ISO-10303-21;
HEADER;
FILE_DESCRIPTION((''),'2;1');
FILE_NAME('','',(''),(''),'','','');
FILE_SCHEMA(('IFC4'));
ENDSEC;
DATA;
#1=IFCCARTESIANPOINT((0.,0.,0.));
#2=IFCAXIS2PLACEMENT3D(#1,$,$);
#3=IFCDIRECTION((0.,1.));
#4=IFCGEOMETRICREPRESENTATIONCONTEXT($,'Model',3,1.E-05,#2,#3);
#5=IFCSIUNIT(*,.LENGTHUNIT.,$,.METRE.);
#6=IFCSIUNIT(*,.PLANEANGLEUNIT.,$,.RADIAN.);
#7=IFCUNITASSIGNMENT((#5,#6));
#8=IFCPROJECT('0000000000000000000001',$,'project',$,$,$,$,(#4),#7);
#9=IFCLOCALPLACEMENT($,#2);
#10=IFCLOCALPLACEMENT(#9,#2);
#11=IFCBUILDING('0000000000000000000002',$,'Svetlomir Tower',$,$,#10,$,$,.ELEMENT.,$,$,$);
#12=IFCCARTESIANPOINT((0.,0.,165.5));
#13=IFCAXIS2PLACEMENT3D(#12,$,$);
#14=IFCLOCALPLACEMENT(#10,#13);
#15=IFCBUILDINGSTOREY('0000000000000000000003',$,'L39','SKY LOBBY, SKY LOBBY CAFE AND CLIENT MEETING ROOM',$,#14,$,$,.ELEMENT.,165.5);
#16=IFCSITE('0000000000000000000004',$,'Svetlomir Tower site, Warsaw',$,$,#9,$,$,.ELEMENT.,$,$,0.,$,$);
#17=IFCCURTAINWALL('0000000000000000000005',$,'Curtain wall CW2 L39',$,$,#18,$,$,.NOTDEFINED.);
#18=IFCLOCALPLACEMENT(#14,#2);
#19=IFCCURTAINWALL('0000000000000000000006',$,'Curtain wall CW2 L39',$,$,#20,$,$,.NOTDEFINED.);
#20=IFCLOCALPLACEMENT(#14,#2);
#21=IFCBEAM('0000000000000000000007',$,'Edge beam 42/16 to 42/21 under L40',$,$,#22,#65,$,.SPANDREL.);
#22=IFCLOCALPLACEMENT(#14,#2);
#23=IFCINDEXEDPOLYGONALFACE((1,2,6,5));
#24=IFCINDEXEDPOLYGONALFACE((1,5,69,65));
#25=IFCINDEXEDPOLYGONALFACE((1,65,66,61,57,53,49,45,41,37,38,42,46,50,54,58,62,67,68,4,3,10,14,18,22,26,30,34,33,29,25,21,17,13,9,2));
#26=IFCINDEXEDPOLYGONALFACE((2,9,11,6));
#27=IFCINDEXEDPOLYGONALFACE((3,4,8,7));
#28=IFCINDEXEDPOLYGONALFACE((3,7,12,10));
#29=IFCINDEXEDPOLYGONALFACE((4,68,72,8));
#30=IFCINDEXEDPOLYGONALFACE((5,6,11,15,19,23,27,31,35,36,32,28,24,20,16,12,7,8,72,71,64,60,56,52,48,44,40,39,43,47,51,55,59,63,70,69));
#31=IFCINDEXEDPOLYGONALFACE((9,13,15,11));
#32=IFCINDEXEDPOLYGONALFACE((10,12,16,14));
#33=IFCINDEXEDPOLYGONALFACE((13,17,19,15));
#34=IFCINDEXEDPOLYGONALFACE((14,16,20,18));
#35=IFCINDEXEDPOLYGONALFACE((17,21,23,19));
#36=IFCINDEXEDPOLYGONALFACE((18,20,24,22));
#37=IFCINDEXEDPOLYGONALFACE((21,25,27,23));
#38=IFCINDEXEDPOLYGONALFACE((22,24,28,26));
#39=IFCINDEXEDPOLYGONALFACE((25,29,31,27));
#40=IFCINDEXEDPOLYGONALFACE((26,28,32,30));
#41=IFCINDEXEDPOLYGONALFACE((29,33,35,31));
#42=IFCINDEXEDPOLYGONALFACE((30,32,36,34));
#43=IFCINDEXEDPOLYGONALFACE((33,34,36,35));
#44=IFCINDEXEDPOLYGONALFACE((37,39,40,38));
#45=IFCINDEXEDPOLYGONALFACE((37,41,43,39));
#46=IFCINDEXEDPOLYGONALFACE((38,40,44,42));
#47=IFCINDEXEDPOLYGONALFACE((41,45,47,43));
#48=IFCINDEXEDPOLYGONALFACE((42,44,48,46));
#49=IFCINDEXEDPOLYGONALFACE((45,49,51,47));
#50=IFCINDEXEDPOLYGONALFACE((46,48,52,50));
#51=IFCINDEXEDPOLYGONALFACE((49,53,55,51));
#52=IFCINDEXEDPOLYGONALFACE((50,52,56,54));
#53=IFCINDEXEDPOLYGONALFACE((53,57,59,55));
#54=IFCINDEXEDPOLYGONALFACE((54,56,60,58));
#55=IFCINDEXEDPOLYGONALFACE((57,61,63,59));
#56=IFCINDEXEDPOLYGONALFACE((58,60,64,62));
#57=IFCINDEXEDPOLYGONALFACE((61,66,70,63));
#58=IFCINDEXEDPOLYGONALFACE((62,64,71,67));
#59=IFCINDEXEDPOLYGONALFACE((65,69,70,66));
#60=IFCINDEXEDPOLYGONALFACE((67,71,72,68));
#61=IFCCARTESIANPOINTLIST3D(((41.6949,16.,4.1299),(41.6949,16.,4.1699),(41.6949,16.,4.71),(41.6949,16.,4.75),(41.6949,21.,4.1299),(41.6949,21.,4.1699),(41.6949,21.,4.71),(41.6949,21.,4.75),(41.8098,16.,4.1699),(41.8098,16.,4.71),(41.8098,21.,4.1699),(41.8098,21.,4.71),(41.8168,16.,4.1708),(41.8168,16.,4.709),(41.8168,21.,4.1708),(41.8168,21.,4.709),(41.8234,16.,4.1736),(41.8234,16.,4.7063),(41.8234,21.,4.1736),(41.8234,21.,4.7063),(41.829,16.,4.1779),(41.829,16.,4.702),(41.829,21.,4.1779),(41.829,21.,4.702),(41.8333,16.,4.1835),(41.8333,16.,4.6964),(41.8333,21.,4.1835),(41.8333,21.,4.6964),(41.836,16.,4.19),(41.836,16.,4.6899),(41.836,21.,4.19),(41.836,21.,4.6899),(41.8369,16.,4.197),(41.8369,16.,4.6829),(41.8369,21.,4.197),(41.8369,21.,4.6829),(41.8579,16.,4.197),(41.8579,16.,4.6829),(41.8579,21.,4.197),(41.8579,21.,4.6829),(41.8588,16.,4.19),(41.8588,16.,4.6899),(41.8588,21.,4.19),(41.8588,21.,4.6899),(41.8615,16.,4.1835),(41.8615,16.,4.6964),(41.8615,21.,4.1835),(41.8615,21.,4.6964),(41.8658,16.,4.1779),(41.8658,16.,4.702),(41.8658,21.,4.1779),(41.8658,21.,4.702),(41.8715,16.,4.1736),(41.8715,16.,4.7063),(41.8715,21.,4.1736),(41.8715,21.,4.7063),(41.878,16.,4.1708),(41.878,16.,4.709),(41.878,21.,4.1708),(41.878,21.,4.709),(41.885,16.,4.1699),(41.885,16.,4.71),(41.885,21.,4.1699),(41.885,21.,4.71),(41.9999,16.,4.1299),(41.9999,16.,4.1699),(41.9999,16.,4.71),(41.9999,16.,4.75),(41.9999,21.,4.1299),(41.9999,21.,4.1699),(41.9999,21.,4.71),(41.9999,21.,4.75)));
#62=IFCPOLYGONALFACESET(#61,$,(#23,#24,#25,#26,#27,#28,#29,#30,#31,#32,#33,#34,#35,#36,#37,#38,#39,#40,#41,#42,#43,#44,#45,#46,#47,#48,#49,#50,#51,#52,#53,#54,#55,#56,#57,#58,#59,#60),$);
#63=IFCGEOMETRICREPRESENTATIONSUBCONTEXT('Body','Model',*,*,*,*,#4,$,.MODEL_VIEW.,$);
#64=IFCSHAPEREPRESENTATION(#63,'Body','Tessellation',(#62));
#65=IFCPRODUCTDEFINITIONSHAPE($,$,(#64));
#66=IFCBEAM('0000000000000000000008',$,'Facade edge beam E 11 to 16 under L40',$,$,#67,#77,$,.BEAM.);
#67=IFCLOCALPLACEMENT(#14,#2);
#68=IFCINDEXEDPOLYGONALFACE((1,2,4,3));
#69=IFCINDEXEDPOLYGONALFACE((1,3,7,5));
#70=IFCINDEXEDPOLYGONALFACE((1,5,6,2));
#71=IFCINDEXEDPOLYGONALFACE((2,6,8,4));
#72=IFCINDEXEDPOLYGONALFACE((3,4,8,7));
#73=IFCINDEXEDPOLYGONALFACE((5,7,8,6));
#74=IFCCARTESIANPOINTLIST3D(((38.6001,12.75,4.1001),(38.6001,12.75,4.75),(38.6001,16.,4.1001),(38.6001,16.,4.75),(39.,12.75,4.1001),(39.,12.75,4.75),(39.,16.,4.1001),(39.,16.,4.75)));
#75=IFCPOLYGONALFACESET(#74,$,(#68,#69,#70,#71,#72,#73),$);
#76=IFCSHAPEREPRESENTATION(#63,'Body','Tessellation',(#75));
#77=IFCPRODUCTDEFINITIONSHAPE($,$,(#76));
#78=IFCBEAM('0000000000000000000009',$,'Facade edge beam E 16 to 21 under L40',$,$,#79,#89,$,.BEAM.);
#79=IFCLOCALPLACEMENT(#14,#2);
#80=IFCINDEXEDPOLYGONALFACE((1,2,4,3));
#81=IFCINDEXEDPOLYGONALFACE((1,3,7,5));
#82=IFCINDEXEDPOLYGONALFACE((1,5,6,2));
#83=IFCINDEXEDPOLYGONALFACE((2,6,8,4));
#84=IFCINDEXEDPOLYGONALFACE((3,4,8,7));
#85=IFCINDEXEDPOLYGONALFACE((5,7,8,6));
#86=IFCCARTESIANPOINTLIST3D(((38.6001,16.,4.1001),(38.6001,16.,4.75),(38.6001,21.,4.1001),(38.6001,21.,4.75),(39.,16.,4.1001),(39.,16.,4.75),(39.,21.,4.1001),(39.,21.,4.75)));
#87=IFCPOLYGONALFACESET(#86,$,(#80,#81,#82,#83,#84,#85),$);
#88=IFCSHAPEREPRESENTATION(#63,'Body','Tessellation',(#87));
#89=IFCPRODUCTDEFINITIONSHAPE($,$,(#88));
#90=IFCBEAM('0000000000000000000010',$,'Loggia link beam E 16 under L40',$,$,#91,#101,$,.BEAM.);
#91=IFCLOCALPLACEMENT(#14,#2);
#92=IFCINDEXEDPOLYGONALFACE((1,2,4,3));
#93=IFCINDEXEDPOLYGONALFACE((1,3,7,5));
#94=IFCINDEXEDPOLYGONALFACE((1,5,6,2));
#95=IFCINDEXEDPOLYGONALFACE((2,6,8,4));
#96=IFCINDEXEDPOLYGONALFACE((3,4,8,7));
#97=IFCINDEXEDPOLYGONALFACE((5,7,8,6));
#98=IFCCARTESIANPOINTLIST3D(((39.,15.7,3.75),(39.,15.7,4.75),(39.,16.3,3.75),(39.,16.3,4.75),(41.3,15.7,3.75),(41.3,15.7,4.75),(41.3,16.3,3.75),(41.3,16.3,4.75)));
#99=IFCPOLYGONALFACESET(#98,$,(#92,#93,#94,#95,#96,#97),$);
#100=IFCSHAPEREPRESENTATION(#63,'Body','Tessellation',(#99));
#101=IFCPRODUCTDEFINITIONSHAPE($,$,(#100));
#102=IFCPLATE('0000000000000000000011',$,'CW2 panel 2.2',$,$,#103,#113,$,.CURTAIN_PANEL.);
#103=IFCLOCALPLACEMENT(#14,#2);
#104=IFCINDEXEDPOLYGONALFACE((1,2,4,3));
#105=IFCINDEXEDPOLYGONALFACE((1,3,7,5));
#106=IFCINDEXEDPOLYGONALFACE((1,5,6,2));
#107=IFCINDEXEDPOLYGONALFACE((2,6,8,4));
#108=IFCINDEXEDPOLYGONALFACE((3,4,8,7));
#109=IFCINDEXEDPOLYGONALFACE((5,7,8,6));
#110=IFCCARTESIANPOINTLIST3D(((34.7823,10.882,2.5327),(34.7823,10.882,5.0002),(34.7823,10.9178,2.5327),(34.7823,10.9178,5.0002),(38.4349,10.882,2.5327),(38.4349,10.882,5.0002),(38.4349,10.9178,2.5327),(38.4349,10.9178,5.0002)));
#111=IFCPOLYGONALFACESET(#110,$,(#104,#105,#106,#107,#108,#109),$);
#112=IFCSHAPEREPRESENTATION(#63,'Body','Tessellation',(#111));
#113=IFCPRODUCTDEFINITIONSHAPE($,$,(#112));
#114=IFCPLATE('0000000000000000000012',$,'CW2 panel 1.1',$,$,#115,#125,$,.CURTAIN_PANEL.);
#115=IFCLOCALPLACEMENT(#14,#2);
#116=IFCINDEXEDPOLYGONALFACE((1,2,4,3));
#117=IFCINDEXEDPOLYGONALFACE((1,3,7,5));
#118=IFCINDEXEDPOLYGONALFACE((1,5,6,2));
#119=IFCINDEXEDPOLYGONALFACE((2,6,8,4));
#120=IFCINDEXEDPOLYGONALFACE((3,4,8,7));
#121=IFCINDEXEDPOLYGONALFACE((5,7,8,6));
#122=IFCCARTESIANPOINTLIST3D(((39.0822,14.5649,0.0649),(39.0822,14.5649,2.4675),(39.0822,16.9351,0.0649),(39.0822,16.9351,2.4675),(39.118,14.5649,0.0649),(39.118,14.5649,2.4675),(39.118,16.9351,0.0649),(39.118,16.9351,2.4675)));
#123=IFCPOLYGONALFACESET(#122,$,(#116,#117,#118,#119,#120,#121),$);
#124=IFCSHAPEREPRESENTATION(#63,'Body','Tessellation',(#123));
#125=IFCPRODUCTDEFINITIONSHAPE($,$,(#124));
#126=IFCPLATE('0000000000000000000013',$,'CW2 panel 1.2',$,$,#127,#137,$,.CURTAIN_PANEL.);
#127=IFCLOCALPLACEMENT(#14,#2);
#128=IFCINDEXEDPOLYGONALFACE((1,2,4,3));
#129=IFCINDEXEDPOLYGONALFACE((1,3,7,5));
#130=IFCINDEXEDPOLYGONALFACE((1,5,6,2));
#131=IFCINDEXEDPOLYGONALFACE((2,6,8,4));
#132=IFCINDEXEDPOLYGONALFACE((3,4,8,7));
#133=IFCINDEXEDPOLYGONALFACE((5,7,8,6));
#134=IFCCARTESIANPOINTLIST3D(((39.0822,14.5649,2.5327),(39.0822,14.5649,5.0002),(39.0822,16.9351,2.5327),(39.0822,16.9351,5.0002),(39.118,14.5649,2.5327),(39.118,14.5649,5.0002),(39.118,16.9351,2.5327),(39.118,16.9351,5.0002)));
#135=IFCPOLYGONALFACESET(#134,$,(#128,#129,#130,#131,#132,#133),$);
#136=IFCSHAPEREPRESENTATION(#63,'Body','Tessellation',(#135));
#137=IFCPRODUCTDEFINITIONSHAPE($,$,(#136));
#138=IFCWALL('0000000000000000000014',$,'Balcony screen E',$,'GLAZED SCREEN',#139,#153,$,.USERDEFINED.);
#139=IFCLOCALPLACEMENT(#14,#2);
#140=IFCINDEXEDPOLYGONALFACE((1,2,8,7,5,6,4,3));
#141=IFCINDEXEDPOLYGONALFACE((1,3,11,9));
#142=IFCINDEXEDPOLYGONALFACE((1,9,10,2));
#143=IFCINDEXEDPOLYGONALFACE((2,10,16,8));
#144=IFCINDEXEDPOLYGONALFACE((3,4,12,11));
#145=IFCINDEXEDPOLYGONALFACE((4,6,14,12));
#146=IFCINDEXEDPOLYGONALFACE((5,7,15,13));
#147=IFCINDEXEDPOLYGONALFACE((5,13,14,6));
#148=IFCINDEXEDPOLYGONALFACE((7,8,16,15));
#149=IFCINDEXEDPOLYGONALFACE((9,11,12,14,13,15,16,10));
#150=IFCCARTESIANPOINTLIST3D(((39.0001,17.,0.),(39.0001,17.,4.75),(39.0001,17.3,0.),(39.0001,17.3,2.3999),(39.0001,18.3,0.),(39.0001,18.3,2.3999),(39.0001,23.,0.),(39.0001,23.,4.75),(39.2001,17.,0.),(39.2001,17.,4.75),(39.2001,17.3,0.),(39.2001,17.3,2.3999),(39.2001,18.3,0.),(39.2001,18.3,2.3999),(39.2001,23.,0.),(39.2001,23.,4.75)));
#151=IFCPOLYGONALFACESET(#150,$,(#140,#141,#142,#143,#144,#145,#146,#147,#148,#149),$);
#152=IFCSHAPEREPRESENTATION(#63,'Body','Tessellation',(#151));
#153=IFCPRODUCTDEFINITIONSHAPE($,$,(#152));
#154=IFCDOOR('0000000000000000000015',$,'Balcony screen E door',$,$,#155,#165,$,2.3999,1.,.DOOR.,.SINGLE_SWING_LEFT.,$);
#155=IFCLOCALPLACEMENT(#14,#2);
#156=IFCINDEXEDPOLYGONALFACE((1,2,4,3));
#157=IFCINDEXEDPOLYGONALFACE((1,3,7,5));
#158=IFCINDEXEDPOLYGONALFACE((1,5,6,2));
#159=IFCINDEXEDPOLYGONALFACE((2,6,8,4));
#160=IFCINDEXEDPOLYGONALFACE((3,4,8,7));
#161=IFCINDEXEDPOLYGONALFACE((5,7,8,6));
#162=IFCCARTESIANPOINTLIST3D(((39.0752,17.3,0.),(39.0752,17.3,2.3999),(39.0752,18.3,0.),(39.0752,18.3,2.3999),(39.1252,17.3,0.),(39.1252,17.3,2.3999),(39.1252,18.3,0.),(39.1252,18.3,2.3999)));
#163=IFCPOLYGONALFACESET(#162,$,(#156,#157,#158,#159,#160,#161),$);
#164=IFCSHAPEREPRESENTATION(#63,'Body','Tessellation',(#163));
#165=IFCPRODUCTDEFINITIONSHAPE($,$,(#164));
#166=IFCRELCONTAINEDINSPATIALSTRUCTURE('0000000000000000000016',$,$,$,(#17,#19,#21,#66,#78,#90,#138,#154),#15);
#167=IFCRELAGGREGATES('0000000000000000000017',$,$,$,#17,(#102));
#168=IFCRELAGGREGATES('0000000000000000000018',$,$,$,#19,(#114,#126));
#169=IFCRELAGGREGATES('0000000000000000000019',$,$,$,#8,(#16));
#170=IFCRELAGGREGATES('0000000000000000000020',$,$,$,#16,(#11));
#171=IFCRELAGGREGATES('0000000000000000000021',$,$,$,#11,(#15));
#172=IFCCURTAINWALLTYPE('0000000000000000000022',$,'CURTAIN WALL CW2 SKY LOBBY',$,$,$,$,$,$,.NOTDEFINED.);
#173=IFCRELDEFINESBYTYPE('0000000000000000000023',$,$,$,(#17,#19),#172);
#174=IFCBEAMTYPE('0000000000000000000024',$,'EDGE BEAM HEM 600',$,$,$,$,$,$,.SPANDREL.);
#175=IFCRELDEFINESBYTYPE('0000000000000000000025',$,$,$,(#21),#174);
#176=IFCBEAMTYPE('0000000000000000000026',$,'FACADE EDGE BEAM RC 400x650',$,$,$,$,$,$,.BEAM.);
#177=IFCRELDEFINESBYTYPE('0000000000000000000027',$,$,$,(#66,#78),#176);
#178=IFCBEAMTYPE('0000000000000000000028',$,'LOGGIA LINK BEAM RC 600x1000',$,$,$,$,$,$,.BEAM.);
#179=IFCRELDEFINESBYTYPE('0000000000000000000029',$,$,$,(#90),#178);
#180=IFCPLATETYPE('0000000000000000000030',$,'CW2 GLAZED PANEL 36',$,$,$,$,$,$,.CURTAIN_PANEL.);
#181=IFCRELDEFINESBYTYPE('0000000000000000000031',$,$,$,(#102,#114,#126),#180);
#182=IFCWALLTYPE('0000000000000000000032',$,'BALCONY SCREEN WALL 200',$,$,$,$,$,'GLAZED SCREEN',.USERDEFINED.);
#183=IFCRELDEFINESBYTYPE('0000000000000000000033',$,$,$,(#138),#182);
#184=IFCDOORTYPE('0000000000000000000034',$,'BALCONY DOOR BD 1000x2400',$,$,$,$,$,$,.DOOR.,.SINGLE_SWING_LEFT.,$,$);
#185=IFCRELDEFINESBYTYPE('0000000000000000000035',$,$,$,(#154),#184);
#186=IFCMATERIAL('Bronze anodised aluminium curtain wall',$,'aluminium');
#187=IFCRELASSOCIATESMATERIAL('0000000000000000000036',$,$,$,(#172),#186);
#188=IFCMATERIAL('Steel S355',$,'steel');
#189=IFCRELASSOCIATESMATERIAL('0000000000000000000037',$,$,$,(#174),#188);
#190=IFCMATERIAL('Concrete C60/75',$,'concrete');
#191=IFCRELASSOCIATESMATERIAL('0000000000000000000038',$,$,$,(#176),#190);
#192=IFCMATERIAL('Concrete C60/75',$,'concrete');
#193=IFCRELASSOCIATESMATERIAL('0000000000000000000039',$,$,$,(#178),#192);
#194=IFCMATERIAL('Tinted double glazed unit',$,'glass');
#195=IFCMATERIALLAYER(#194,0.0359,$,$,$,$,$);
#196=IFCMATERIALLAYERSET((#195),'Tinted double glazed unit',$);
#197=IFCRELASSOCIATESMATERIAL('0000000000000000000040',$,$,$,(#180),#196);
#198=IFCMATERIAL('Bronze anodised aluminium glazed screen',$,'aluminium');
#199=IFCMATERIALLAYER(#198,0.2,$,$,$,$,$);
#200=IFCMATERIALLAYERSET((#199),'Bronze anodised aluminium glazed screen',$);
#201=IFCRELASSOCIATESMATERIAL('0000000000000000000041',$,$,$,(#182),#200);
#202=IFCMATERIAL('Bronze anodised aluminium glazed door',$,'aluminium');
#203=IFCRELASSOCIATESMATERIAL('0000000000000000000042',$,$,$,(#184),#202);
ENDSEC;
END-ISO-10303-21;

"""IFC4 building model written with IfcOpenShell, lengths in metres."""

from ifc_helpers import new_model, si_unit, direction, frame, frame_2d, origin, origin_2d, place, context, subcontext, project, spatial, rectangle, i_section, extrude, material, layer, layer_set, material_profile, profile_set, type_object, element, fill, aggregate, save


model = new_model("IFC4")

# Units and contexts
model_context = context("Model", 3, precision=1e-05, world=origin(), true_north=direction((0.0, 1.0)))
body_context = subcontext(model_context, "Body", "Model", "MODEL_VIEW")
ifc_project = project(units=[si_unit("LENGTHUNIT", "METRE"), si_unit("PLANEANGLEUNIT", "RADIAN")], contexts=[model_context])

# Site, building, storey
site_placement = place(None, origin())
site = spatial("IfcSite", under=ifc_project, at=site_placement, Name="Svetlomir Tower site, Warsaw", CompositionType="ELEMENT", RefElevation=0.0)
building_placement = place(site_placement, origin())
building = spatial("IfcBuilding", under=site, at=building_placement, Name="Svetlomir Tower", CompositionType="ELEMENT")
storey_placement = place(building_placement, frame((0.0, 0.0, 165.5)))
storey = spatial("IfcBuildingStorey", under=building, at=storey_placement, Name="L39", Description="SKY LOBBY, SKY LOBBY CAFE AND CLIENT MEETING ROOM", CompositionType="ELEMENT", Elevation=165.5)

# Curtain wall
ifc_material_1 = material(Name="Bronze anodised aluminium curtain wall", Category="aluminium")
curtain_wall_type = type_object("IfcCurtainWallType", Name="CURTAIN WALL CW2 SKY LOBBY", PredefinedType="NOTDEFINED", material=ifc_material_1)
curtain_wall_1_placement = place(storey_placement, origin())
curtain_wall_1 = element("IfcCurtainWall", 1, at=curtain_wall_1_placement, inside=storey, type_object=curtain_wall_type, Name="Curtain wall CW2 L39", PredefinedType="NOTDEFINED")

# Curtain wall
curtain_wall_2_placement = place(storey_placement, origin())
curtain_wall_2 = element("IfcCurtainWall", 2, at=curtain_wall_2_placement, inside=storey, type_object=curtain_wall_type, Name="Curtain wall CW2 L39", PredefinedType="NOTDEFINED")

# Beams
ifc_material_2 = material(Name="Steel S355", Category="steel")
ifc_material_profile_1 = material_profile(ifc_material_2, i_section(OverallWidth=0.3049, OverallDepth=0.6201, WebThickness=0.021, FlangeThickness=0.04, FilletRadius=0.0271, at=origin_2d()), Name="HEM 600")
ifc_profile_set_1 = profile_set([ifc_material_profile_1], Name="Steel S355")
beam_type_1 = type_object("IfcBeamType", Name="EDGE BEAM HEM 600", PredefinedType="SPANDREL", material=ifc_profile_set_1)
beam_1_placement = place(storey_placement, frame((41.8474, 16.0, 4.4399), z_axis=(0.0, 1.0, 0.0), x_axis=(-1.0, 0.0, 0.0)))
element("IfcBeam", 3, at=beam_1_placement, inside=storey, type_object=beam_type_1, Name="Edge beam 42/16 to 42/21 under L40", PredefinedType="SPANDREL", context=body_context, shape_type="SweptSolid", body=[
    extrude(i_section(OverallWidth=0.3049, OverallDepth=0.6201, WebThickness=0.021, FlangeThickness=0.04, FilletRadius=0.0271, at=origin_2d()), origin(), (0.0, 0.0, 1.0), 5.0),
])
ifc_material_3 = material(Name="Concrete C60/75", Category="concrete")
ifc_material_profile_2 = material_profile(ifc_material_3, rectangle(XDim=0.3999, YDim=0.6499, at=origin_2d()), Name="RC 400x650")
ifc_profile_set_2 = profile_set([ifc_material_profile_2], Name="Concrete C60/75")
beam_type_2 = type_object("IfcBeamType", Name="FACADE EDGE BEAM RC 400x650", PredefinedType="BEAM", material=ifc_profile_set_2)
beam_2_placement = place(storey_placement, frame((38.8, 12.75, 4.425), z_axis=(0.0, 1.0, 0.0), x_axis=(-1.0, 0.0, 0.0)))
element("IfcBeam", 4, at=beam_2_placement, inside=storey, type_object=beam_type_2, Name="Facade edge beam E 11 to 16 under L40", PredefinedType="BEAM", context=body_context, shape_type="SweptSolid", body=[
    extrude(rectangle(XDim=0.3999, YDim=0.6499, at=origin_2d()), origin(), (0.0, 0.0, 1.0), 3.25),
])
beam_3_placement = place(storey_placement, frame((38.8, 16.0, 4.425), z_axis=(0.0, 1.0, 0.0), x_axis=(-1.0, 0.0, 0.0)))
element("IfcBeam", 5, at=beam_3_placement, inside=storey, type_object=beam_type_2, Name="Facade edge beam E 16 to 21 under L40", PredefinedType="BEAM", context=body_context, shape_type="SweptSolid", body=[
    extrude(rectangle(XDim=0.3999, YDim=0.6499, at=origin_2d()), origin(), (0.0, 0.0, 1.0), 5.0),
])
ifc_material_4 = material(Name="Concrete C60/75", Category="concrete")
ifc_material_profile_3 = material_profile(ifc_material_4, rectangle(XDim=0.6001, YDim=1.0, at=origin_2d()), Name="RC 600x1000")
ifc_profile_set_3 = profile_set([ifc_material_profile_3], Name="Concrete C60/75")
beam_type_3 = type_object("IfcBeamType", Name="LOGGIA LINK BEAM RC 600x1000", PredefinedType="BEAM", material=ifc_profile_set_3)
beam_4_placement = place(storey_placement, frame((41.3, 16.0, 4.25), z_axis=(-1.0, 0.0, 0.0), x_axis=(0.0, -1.0, 0.0)))
element("IfcBeam", 6, at=beam_4_placement, inside=storey, type_object=beam_type_3, Name="Loggia link beam E 16 under L40", PredefinedType="BEAM", context=body_context, shape_type="SweptSolid", body=[
    extrude(rectangle(XDim=0.6001, YDim=1.0, at=origin_2d()), origin(), (0.0, 0.0, 1.0), 2.3),
])

# Plates
ifc_material_5 = material(Name="Tinted double glazed unit", Category="glass")
ifc_layer_1 = layer(ifc_material_5, 0.0359)
ifc_layer_set_1 = layer_set([ifc_layer_1], Name="Tinted double glazed unit")
plate_type = type_object("IfcPlateType", Name="CW2 GLAZED PANEL 36", PredefinedType="CURTAIN_PANEL", material=ifc_layer_set_1)
plate_1_placement = place(storey_placement, frame((36.6086, 10.8999, 2.5327), z_axis=(0.0, 0.0, 1.0), x_axis=(1.0, 0.0, 0.0)))
plate_1 = element("IfcPlate", 7, at=plate_1_placement, type_object=plate_type, Name="CW2 panel 2.2", PredefinedType="CURTAIN_PANEL", context=body_context, shape_type="SweptSolid", body=[
    extrude(rectangle(XDim=3.6526, YDim=0.0359, at=origin_2d()), origin(), (0.0, 0.0, 1.0), 2.4675),
])
aggregate(curtain_wall_1, [plate_1])
plate_2_placement = place(storey_placement, frame((39.1001, 15.75, 0.0649), z_axis=(0.0, 0.0, 1.0), x_axis=(0.0, 1.0, 0.0)))
plate_2 = element("IfcPlate", 8, at=plate_2_placement, type_object=plate_type, Name="CW2 panel 1.1", PredefinedType="CURTAIN_PANEL", context=body_context, shape_type="SweptSolid", body=[
    extrude(rectangle(XDim=2.3701, YDim=0.0359, at=origin_2d()), origin(), (0.0, 0.0, 1.0), 2.4026),
])
plate_3_placement = place(storey_placement, frame((39.1001, 15.75, 2.5327), z_axis=(0.0, 0.0, 1.0), x_axis=(0.0, 1.0, 0.0)))
plate_3 = element("IfcPlate", 9, at=plate_3_placement, type_object=plate_type, Name="CW2 panel 1.2", PredefinedType="CURTAIN_PANEL", context=body_context, shape_type="SweptSolid", body=[
    extrude(rectangle(XDim=2.3701, YDim=0.0359, at=origin_2d()), origin(), (0.0, 0.0, 1.0), 2.4675),
])
aggregate(curtain_wall_2, [plate_2, plate_3])

# Wall, opening, door
ifc_material_6 = material(Name="Bronze anodised aluminium glazed screen", Category="aluminium")
ifc_layer_2 = layer(ifc_material_6, 0.2)
ifc_layer_set_2 = layer_set([ifc_layer_2], Name="Bronze anodised aluminium glazed screen")
wall_type_1 = type_object("IfcWallType", Name="BALCONY SCREEN WALL 200", ElementType="GLAZED SCREEN", PredefinedType="USERDEFINED", material=ifc_layer_set_2)
wall_1_placement = place(storey_placement, frame((39.1001, 17.0, 0.0), z_axis=(0.0, 0.0, 1.0), x_axis=(0.0, 1.0, 0.0)))
wall_1 = element("IfcWall", 10, at=wall_1_placement, inside=storey, type_object=wall_type_1, Name="Balcony screen E", ObjectType="GLAZED SCREEN", PredefinedType="USERDEFINED", context=body_context, shape_type="SweptSolid", body=[
    extrude(rectangle(XDim=6.0, YDim=0.2, at=frame_2d((3.0, 0.0))), origin(), (0.0, 0.0, 1.0), 4.75),
])
opening_1_placement = place(wall_1_placement, frame((0.3, 0.0, 0.0)))
opening_1 = element("IfcOpeningElement", 11, at=opening_1_placement, cuts=wall_1, PredefinedType="OPENING", context=body_context, shape_type="SweptSolid", body=[
    extrude(rectangle(XDim=1.0, YDim=2.3999, at=frame_2d((0.5, 1.2))), frame((0.0, 0.1099, 0.0), z_axis=(0.0, -1.0, 0.0), x_axis=(1.0, 0.0, 0.0)), (0.0, 0.0, 1.0), 0.22),
])
ifc_material_7 = material(Name="Bronze anodised aluminium glazed door", Category="aluminium")
door_type_1 = type_object("IfcDoorType", Name="BALCONY DOOR BD 1000x2400", OperationType="SINGLE_SWING_LEFT", PredefinedType="DOOR", material=ifc_material_7)
door_1_placement = place(opening_1_placement, origin())
door_1 = element("IfcDoor", 12, at=door_1_placement, inside=storey, type_object=door_type_1, Name="Balcony screen E door", OperationType="SINGLE_SWING_LEFT", OverallHeight=2.3999, OverallWidth=1.0, PredefinedType="DOOR", context=body_context, shape_type="SweptSolid", body=[
    extrude(rectangle(XDim=1.0, YDim=2.3999, at=frame_2d((0.5, 1.2))), frame((0.0, 0.0249, 0.0), z_axis=(0.0, -1.0, 0.0), x_axis=(1.0, 0.0, 0.0)), (0.0, 0.0, 1.0), 0.05),
])
fill(opening_1, door_1)

save(model, "model.ifc")
